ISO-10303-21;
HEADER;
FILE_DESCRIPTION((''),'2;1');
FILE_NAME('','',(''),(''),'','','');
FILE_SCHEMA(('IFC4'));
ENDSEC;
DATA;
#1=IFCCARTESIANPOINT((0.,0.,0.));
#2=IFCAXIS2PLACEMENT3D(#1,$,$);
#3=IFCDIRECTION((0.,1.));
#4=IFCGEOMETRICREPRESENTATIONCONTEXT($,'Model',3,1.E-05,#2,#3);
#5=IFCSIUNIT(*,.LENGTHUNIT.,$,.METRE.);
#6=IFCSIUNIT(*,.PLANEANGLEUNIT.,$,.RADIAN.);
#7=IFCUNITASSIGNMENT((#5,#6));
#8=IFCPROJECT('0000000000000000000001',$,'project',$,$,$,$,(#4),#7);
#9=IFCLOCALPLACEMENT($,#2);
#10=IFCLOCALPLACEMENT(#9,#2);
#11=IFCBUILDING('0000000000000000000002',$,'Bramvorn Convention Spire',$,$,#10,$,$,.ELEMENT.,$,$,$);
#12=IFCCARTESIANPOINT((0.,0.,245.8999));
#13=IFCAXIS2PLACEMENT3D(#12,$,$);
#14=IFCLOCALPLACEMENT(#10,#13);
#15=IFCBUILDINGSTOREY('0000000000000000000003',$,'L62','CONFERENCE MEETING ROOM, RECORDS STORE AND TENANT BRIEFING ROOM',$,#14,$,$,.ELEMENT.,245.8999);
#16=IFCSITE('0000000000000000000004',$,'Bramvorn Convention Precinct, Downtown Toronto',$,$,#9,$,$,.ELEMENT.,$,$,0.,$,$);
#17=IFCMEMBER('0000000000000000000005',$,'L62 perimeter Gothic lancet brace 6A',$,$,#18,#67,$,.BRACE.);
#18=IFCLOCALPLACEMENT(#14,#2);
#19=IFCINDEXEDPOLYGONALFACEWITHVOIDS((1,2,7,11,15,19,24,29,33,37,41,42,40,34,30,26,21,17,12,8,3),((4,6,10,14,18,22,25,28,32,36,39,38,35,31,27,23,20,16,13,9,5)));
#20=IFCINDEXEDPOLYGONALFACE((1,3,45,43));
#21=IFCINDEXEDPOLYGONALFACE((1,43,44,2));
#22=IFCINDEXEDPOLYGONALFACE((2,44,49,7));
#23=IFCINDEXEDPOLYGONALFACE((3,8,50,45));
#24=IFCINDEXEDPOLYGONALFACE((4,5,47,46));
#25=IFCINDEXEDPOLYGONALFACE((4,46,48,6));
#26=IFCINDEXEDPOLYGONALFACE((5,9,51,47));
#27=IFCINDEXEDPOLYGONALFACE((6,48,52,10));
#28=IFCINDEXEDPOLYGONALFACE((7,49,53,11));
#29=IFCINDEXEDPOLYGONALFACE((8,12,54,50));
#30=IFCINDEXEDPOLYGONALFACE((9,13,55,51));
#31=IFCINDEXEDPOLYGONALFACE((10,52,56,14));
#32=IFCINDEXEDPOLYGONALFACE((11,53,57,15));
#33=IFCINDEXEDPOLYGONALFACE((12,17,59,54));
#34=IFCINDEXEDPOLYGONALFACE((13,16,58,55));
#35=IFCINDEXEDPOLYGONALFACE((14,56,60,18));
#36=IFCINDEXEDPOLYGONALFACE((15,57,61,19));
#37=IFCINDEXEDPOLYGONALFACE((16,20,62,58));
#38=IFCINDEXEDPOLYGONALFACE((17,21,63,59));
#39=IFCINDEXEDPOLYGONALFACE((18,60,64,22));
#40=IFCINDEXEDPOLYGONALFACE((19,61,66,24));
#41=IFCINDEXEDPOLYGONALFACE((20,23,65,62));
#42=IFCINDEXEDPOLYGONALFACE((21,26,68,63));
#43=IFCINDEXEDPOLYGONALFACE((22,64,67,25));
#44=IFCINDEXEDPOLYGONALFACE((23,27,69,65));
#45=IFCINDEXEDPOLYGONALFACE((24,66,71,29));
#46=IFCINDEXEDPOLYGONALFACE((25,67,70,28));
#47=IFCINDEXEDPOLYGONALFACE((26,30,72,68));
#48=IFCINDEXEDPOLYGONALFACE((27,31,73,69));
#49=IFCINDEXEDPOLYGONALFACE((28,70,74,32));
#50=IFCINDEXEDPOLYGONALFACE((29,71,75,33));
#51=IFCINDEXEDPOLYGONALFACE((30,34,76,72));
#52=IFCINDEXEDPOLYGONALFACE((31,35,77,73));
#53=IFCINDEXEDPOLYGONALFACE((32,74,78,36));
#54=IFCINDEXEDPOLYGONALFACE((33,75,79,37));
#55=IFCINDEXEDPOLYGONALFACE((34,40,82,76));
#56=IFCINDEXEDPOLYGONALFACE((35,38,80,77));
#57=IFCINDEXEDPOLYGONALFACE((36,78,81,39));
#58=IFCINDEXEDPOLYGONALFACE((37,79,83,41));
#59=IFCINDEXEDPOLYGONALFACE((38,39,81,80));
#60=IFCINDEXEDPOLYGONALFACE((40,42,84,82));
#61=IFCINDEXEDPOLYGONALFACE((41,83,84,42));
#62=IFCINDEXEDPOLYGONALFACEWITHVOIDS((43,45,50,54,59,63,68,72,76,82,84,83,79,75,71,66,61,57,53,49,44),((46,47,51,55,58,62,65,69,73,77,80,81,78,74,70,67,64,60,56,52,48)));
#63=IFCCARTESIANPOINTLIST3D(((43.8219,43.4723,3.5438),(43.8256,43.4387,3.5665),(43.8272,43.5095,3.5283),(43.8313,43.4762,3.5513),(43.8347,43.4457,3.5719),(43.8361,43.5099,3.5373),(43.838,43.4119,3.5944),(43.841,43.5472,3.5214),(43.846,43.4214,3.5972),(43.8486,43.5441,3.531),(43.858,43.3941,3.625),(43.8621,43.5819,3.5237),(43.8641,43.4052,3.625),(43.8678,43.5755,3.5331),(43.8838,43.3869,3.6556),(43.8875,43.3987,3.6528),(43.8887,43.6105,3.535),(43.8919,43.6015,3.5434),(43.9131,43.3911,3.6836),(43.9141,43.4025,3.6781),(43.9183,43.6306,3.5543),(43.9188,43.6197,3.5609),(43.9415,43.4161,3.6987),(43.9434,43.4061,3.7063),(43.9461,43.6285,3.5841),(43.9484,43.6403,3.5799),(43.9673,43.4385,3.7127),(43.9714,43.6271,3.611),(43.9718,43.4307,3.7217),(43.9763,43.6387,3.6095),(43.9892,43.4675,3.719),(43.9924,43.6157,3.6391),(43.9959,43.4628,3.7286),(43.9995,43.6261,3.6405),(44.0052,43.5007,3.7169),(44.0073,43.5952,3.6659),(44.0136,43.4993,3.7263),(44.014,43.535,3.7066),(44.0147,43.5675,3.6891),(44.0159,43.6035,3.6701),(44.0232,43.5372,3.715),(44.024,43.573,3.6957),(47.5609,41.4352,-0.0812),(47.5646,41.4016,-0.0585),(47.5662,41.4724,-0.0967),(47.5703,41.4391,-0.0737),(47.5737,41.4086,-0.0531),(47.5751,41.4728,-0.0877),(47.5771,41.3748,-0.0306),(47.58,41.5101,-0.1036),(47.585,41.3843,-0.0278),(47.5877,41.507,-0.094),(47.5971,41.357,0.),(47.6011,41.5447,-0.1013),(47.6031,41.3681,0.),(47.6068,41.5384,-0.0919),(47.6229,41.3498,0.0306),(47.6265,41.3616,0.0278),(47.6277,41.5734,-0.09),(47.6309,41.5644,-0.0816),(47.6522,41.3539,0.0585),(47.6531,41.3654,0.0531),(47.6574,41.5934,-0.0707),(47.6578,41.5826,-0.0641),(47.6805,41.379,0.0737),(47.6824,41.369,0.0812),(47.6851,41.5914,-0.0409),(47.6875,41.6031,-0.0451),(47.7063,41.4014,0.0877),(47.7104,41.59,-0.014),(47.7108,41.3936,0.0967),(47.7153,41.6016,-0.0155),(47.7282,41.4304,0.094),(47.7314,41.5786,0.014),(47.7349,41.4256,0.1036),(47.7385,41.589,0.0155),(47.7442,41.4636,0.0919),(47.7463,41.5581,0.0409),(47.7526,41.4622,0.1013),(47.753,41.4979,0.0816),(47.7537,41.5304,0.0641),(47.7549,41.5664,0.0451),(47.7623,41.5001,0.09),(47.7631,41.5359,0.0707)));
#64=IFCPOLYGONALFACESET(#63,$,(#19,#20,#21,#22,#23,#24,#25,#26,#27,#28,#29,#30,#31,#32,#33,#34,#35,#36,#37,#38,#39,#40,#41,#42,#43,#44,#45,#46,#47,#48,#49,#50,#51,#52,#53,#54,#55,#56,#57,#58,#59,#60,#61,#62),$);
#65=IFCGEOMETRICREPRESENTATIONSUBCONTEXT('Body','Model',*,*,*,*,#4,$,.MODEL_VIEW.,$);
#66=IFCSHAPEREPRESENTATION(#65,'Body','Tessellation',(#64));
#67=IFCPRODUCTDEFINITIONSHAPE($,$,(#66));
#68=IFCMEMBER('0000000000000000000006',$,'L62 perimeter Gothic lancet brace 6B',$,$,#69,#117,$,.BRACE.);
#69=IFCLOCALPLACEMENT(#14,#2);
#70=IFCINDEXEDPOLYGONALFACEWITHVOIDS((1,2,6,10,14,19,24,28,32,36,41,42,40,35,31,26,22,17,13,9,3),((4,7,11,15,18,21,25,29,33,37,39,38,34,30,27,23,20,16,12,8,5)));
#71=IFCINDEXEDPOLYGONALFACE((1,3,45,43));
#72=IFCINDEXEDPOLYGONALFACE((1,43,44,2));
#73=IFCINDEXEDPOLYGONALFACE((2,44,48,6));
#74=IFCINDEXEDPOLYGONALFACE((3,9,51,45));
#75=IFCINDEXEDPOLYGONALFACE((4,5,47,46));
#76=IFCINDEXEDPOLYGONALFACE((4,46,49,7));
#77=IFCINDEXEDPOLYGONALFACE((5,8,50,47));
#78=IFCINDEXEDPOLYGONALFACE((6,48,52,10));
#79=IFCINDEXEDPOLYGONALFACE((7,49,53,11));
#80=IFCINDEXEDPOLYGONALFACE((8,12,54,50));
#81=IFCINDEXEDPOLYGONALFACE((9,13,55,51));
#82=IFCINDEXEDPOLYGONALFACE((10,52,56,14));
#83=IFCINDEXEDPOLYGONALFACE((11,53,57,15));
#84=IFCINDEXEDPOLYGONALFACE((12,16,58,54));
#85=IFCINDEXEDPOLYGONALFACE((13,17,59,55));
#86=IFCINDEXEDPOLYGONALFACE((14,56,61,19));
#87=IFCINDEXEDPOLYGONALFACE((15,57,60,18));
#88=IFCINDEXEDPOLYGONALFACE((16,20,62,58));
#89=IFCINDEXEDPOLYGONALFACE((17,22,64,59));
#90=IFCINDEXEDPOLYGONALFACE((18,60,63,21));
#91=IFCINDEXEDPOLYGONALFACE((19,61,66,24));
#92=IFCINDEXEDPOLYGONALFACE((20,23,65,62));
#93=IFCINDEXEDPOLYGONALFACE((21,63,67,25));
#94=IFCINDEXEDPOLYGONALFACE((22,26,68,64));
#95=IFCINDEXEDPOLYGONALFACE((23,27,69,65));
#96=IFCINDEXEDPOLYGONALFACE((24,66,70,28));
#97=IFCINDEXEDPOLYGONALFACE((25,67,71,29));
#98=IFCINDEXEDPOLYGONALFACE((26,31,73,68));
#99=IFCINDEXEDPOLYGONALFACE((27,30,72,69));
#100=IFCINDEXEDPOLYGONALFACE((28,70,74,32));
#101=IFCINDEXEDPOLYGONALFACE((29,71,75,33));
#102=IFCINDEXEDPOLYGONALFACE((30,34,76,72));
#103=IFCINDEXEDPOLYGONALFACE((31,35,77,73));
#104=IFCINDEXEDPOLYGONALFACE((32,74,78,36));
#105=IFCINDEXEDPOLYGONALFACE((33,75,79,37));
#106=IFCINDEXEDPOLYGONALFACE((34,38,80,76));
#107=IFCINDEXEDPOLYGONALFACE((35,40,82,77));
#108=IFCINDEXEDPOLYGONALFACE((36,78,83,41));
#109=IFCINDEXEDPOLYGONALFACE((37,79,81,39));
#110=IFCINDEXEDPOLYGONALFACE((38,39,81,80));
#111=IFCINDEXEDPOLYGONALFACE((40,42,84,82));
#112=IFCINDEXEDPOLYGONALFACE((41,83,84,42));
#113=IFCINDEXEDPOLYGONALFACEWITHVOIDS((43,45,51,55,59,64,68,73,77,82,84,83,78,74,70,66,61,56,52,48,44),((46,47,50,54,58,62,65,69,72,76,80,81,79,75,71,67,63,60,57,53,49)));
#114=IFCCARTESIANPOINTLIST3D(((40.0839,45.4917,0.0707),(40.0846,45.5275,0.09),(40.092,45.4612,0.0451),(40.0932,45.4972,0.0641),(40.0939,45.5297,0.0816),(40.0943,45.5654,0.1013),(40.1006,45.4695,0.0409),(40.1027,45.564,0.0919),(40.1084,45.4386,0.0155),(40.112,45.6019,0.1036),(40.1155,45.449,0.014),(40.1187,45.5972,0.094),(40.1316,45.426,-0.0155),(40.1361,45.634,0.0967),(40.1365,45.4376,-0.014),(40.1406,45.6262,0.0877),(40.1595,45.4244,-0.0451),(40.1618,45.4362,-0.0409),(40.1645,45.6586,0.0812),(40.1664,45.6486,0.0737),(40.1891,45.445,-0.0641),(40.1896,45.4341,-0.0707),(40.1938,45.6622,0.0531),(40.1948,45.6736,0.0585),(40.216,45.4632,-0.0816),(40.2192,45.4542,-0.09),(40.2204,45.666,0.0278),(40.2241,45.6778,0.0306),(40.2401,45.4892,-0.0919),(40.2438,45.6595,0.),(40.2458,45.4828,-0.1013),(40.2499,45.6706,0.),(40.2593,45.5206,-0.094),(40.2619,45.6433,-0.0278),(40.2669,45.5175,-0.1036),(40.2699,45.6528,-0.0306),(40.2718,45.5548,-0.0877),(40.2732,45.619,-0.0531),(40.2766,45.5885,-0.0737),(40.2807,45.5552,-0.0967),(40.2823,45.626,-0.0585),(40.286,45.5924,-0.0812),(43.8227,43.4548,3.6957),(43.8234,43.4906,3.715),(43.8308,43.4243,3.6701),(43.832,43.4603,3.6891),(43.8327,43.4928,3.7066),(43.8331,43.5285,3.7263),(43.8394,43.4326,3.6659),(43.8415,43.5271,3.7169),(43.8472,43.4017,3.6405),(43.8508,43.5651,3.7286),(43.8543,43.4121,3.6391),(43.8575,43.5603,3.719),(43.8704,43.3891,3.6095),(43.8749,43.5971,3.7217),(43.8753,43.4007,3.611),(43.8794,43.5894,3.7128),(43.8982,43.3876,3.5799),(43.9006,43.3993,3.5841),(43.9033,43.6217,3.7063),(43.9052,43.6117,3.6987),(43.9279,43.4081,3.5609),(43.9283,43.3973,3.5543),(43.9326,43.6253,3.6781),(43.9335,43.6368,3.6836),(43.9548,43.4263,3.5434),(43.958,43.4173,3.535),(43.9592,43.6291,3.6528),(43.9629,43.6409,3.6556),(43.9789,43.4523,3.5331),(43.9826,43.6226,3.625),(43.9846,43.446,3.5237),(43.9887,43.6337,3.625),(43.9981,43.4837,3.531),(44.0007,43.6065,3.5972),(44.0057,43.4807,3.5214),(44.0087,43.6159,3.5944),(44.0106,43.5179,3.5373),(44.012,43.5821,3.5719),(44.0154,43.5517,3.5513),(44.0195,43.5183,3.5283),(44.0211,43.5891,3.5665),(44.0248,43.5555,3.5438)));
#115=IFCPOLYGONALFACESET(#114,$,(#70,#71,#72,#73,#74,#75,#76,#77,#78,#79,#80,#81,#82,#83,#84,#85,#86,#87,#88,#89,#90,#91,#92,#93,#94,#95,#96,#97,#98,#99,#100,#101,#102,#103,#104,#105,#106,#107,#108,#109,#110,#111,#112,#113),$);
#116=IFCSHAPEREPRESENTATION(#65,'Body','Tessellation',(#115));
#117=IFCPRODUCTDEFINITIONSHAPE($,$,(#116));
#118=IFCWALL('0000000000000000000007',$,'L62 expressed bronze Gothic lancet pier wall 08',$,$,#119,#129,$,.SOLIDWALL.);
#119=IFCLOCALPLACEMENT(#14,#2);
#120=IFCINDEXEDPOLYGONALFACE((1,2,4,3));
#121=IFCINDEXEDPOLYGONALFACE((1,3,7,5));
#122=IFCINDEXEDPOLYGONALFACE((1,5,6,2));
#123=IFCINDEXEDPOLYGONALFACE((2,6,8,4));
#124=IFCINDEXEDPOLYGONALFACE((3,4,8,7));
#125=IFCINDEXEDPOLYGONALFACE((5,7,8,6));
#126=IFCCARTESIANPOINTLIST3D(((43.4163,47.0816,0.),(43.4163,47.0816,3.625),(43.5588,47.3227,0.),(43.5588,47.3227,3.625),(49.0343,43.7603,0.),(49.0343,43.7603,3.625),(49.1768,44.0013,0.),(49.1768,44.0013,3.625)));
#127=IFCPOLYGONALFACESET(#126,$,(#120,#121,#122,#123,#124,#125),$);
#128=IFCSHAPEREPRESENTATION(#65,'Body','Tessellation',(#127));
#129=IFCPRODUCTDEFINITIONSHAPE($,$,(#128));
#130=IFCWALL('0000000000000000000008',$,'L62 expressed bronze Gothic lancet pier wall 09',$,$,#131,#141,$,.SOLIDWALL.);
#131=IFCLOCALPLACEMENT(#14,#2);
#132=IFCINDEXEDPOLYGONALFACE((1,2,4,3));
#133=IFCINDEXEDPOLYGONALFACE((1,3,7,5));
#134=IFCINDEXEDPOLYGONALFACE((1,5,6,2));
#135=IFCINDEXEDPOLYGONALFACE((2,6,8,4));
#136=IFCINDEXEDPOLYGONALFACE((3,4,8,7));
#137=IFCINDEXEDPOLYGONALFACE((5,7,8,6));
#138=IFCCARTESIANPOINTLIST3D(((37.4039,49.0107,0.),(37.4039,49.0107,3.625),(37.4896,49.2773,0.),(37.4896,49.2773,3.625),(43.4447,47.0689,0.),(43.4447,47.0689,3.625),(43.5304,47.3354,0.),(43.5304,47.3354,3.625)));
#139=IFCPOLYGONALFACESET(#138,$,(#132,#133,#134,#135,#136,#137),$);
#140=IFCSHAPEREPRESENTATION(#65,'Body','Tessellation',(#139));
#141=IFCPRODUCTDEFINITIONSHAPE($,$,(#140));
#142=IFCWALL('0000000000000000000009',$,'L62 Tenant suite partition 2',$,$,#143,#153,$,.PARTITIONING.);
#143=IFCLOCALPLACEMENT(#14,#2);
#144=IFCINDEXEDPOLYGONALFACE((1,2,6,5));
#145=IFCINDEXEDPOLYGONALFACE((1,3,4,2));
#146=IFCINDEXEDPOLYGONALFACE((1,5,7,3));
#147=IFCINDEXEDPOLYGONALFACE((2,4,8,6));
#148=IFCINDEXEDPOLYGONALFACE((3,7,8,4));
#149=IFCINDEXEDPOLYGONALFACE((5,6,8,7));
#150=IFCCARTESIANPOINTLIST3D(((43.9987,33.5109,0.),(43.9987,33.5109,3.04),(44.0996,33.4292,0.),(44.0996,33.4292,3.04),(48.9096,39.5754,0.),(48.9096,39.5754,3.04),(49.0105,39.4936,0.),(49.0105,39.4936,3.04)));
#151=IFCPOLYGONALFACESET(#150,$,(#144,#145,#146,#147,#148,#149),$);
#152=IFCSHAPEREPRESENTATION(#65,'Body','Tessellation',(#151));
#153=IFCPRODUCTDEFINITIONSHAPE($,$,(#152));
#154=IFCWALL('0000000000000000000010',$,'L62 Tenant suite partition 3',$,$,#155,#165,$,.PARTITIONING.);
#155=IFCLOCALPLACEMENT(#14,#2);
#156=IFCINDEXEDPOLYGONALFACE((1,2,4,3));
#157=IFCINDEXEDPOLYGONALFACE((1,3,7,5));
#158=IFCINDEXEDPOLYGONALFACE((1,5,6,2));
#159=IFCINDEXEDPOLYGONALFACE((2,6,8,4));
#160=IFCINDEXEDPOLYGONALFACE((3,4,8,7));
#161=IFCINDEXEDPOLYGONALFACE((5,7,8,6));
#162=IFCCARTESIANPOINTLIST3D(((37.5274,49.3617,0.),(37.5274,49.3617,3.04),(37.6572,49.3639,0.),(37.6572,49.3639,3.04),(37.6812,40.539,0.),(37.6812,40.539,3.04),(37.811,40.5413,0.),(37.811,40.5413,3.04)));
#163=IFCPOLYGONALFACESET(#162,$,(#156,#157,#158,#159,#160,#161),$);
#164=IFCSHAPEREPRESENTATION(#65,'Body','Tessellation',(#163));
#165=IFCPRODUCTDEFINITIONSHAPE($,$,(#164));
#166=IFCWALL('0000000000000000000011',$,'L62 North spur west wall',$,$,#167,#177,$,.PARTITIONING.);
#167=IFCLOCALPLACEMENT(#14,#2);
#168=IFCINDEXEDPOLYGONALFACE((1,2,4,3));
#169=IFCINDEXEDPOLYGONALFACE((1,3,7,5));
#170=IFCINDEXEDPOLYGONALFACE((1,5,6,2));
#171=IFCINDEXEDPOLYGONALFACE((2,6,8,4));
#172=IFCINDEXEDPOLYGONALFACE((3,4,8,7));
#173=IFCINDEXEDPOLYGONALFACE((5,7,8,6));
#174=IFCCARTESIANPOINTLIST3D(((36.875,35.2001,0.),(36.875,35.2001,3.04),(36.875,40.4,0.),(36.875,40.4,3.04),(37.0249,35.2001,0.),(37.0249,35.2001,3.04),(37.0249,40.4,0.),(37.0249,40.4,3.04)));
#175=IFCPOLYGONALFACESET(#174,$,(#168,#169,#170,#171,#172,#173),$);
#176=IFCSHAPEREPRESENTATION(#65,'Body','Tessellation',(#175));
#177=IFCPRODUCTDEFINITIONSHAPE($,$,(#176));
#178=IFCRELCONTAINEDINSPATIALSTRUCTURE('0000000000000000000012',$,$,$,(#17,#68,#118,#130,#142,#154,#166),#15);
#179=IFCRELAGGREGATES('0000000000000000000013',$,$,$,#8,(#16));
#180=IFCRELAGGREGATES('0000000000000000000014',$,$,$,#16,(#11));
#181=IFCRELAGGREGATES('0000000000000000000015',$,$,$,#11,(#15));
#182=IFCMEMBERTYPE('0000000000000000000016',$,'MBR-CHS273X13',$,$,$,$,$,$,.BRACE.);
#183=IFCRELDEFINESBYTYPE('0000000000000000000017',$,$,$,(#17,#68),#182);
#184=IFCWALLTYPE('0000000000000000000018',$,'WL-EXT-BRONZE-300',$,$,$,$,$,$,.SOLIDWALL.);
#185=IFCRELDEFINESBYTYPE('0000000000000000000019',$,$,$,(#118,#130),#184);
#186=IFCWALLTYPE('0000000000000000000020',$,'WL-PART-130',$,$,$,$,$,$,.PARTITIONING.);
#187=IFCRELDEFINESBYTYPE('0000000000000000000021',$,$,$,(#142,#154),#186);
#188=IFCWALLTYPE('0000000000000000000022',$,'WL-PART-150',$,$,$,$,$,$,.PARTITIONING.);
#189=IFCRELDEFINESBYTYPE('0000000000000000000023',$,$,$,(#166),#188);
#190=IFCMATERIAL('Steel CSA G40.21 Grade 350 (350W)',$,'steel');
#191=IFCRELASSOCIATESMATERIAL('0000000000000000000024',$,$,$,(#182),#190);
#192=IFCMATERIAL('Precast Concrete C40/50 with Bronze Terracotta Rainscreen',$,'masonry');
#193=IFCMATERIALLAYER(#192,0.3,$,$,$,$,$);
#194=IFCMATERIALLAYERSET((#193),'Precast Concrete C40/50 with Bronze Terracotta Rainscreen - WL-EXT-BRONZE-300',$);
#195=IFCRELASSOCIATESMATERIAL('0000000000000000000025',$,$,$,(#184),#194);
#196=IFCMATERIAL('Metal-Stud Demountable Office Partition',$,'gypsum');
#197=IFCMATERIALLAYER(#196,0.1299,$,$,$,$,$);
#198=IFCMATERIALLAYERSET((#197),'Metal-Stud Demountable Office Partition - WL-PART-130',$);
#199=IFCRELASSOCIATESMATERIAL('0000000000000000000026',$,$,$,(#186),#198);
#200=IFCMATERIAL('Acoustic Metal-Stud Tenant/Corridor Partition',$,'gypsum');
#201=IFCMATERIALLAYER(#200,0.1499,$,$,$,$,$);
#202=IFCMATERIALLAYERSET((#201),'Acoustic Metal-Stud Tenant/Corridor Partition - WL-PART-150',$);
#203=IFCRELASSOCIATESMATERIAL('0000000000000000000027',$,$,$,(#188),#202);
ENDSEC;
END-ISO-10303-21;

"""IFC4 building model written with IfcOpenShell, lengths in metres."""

from ifc_helpers import new_model, si_unit, direction, frame, frame_2d, origin, origin_2d, place, context, subcontext, project, spatial, rectangle, hollow_circle, extrude, material, layer, layer_set, material_profile, profile_set, type_object, element, save


model = new_model("IFC4")

# Units and contexts
model_context = context("Model", 3, precision=1e-05, world=origin(), true_north=direction((0.0, 1.0)))
body_context = subcontext(model_context, "Body", "Model", "MODEL_VIEW")
ifc_project = project(units=[si_unit("LENGTHUNIT", "METRE"), si_unit("PLANEANGLEUNIT", "RADIAN")], contexts=[model_context])

# Site, building, storey
site_placement = place(None, origin())
site = spatial("IfcSite", under=ifc_project, at=site_placement, Name="Bramvorn Convention Precinct, Downtown Toronto", CompositionType="ELEMENT", RefElevation=0.0)
building_placement = place(site_placement, origin())
building = spatial("IfcBuilding", under=site, at=building_placement, Name="Bramvorn Convention Spire", CompositionType="ELEMENT")
storey_placement = place(building_placement, frame((0.0, 0.0, 245.8999)))
storey = spatial("IfcBuildingStorey", under=building, at=storey_placement, Name="L62", Description="CONFERENCE MEETING ROOM, RECORDS STORE AND TENANT BRIEFING ROOM", CompositionType="ELEMENT", Elevation=245.8999)

# Shared definitions
ifc_material_1 = material(Name="Steel CSA G40.21 Grade 350 (350W)", Category="steel")

# Members
ifc_material_profile_1 = material_profile(ifc_material_1, hollow_circle(Radius=0.1365, WallThickness=0.0127, at=origin_2d()))
ifc_profile_set_1 = profile_set([ifc_material_profile_1], Name="Steel CSA G40.21 Grade 350 (350W) - CHS273X13")
member_type = type_object("IfcMemberType", Name="MBR-CHS273X13", PredefinedType="BRACE", material=ifc_profile_set_1)
member_1_placement = place(storey_placement, frame((47.6624, 41.4768, 0.0), z_axis=(-0.668634, 0.364289, 0.648245), x_axis=(-0.478426, -0.878128, 0.0)))
element("IfcMember", 1, at=member_1_placement, inside=storey, type_object=member_type, Name="L62 perimeter Gothic lancet brace 6A", PredefinedType="BRACE", context=body_context, shape_type="SweptSolid", body=[
    extrude(hollow_circle(Radius=0.1365, WallThickness=0.0127, at=origin_2d()), origin(), (0.0, 0.0, 1.0), 5.592),
])
member_2_placement = place(storey_placement, frame((40.1846, 45.5508, 0.0), z_axis=(0.668621, -0.364262, 0.648275), x_axis=(0.478406, 0.878139, 0.0)))
element("IfcMember", 2, at=member_2_placement, inside=storey, type_object=member_type, Name="L62 perimeter Gothic lancet brace 6B", PredefinedType="BRACE", context=body_context, shape_type="SweptSolid", body=[
    extrude(hollow_circle(Radius=0.1365, WallThickness=0.0127, at=origin_2d()), origin(), (0.0, 0.0, 1.0), 5.5918),
])

# Walls
ifc_material_2 = material(Name="Precast Concrete C40/50 with Bronze Terracotta Rainscreen", Category="masonry")
ifc_layer_1 = layer(ifc_material_2, 0.3)
ifc_layer_set_1 = layer_set([ifc_layer_1], Name="Precast Concrete C40/50 with Bronze Terracotta Rainscreen - WL-EXT-BRONZE-300")
wall_type_1 = type_object("IfcWallType", Name="WL-EXT-BRONZE-300", PredefinedType="SOLIDWALL", material=ifc_layer_set_1)
wall_1_placement = place(storey_placement, frame((43.4875, 47.2021, 0.0), z_axis=(0.0, 0.0, 1.0), x_axis=(0.860819, -0.508912, 0.0)))
element("IfcWall", 3, at=wall_1_placement, inside=storey, type_object=wall_type_1, Name="L62 expressed bronze Gothic lancet pier wall 08", PredefinedType="SOLIDWALL", context=body_context, shape_type="SweptSolid", body=[
    extrude(rectangle(XDim=6.5264, YDim=0.28, at=frame_2d((3.2632, 0.0))), origin(), (0.0, 0.0, 1.0), 3.625),
])
wall_2_placement = place(storey_placement, frame((37.4468, 49.144, 0.0), z_axis=(0.0, 0.0, 1.0), x_axis=(0.952019, -0.30604, 0.0)))
element("IfcWall", 4, at=wall_2_placement, inside=storey, type_object=wall_type_1, Name="L62 expressed bronze Gothic lancet pier wall 09", PredefinedType="SOLIDWALL", context=body_context, shape_type="SweptSolid", body=[
    extrude(rectangle(XDim=6.3452, YDim=0.28, at=frame_2d((3.1726, 0.0))), origin(), (0.0, 0.0, 1.0), 3.625),
])
ifc_material_3 = material(Name="Metal-Stud Demountable Office Partition", Category="gypsum")
ifc_layer_2 = layer(ifc_material_3, 0.1299)
ifc_layer_set_2 = layer_set([ifc_layer_2], Name="Metal-Stud Demountable Office Partition - WL-PART-130")
wall_type_2 = type_object("IfcWallType", Name="WL-PART-130", PredefinedType="PARTITIONING", material=ifc_layer_set_2)
wall_3_placement = place(storey_placement, frame((44.0491, 33.47, 0.0), z_axis=(0.0, 0.0, 1.0), x_axis=(0.62932, 0.777147, 0.0)))
element("IfcWall", 5, at=wall_3_placement, inside=storey, type_object=wall_type_2, Name="L62 Tenant suite partition 2", PredefinedType="PARTITIONING", context=body_context, shape_type="SweptSolid", body=[
    extrude(rectangle(XDim=7.8035, YDim=0.1299, at=frame_2d((3.9019, 0.0))), origin(), (0.0, 0.0, 1.0), 3.04),
])
wall_4_placement = place(storey_placement, frame((37.7461, 40.54, 0.0), z_axis=(0.0, 0.0, 1.0), x_axis=(-0.017431, 0.999848, 0.0)))
element("IfcWall", 6, at=wall_4_placement, inside=storey, type_object=wall_type_2, Name="L62 Tenant suite partition 3", PredefinedType="PARTITIONING", context=body_context, shape_type="SweptSolid", body=[
    extrude(rectangle(XDim=8.824, YDim=0.1299, at=frame_2d((4.4121, 0.0))), origin(), (0.0, 0.0, 1.0), 3.04),
])
ifc_material_4 = material(Name="Acoustic Metal-Stud Tenant/Corridor Partition", Category="gypsum")
ifc_layer_3 = layer(ifc_material_4, 0.1499)
ifc_layer_set_3 = layer_set([ifc_layer_3], Name="Acoustic Metal-Stud Tenant/Corridor Partition - WL-PART-150")
wall_type_3 = type_object("IfcWallType", Name="WL-PART-150", PredefinedType="PARTITIONING", material=ifc_layer_set_3)
wall_5_placement = place(storey_placement, frame((36.95, 35.2, 0.0), z_axis=(0.0, 0.0, 1.0), x_axis=(0.0, 1.0, 0.0)))
element("IfcWall", 7, at=wall_5_placement, inside=storey, type_object=wall_type_3, Name="L62 North spur west wall", PredefinedType="PARTITIONING", context=body_context, shape_type="SweptSolid", body=[
    extrude(rectangle(XDim=5.2, YDim=0.1499, at=frame_2d((2.6001, 0.0))), origin(), (0.0, 0.0, 1.0), 3.04),
])

save(model, "model.ifc")
